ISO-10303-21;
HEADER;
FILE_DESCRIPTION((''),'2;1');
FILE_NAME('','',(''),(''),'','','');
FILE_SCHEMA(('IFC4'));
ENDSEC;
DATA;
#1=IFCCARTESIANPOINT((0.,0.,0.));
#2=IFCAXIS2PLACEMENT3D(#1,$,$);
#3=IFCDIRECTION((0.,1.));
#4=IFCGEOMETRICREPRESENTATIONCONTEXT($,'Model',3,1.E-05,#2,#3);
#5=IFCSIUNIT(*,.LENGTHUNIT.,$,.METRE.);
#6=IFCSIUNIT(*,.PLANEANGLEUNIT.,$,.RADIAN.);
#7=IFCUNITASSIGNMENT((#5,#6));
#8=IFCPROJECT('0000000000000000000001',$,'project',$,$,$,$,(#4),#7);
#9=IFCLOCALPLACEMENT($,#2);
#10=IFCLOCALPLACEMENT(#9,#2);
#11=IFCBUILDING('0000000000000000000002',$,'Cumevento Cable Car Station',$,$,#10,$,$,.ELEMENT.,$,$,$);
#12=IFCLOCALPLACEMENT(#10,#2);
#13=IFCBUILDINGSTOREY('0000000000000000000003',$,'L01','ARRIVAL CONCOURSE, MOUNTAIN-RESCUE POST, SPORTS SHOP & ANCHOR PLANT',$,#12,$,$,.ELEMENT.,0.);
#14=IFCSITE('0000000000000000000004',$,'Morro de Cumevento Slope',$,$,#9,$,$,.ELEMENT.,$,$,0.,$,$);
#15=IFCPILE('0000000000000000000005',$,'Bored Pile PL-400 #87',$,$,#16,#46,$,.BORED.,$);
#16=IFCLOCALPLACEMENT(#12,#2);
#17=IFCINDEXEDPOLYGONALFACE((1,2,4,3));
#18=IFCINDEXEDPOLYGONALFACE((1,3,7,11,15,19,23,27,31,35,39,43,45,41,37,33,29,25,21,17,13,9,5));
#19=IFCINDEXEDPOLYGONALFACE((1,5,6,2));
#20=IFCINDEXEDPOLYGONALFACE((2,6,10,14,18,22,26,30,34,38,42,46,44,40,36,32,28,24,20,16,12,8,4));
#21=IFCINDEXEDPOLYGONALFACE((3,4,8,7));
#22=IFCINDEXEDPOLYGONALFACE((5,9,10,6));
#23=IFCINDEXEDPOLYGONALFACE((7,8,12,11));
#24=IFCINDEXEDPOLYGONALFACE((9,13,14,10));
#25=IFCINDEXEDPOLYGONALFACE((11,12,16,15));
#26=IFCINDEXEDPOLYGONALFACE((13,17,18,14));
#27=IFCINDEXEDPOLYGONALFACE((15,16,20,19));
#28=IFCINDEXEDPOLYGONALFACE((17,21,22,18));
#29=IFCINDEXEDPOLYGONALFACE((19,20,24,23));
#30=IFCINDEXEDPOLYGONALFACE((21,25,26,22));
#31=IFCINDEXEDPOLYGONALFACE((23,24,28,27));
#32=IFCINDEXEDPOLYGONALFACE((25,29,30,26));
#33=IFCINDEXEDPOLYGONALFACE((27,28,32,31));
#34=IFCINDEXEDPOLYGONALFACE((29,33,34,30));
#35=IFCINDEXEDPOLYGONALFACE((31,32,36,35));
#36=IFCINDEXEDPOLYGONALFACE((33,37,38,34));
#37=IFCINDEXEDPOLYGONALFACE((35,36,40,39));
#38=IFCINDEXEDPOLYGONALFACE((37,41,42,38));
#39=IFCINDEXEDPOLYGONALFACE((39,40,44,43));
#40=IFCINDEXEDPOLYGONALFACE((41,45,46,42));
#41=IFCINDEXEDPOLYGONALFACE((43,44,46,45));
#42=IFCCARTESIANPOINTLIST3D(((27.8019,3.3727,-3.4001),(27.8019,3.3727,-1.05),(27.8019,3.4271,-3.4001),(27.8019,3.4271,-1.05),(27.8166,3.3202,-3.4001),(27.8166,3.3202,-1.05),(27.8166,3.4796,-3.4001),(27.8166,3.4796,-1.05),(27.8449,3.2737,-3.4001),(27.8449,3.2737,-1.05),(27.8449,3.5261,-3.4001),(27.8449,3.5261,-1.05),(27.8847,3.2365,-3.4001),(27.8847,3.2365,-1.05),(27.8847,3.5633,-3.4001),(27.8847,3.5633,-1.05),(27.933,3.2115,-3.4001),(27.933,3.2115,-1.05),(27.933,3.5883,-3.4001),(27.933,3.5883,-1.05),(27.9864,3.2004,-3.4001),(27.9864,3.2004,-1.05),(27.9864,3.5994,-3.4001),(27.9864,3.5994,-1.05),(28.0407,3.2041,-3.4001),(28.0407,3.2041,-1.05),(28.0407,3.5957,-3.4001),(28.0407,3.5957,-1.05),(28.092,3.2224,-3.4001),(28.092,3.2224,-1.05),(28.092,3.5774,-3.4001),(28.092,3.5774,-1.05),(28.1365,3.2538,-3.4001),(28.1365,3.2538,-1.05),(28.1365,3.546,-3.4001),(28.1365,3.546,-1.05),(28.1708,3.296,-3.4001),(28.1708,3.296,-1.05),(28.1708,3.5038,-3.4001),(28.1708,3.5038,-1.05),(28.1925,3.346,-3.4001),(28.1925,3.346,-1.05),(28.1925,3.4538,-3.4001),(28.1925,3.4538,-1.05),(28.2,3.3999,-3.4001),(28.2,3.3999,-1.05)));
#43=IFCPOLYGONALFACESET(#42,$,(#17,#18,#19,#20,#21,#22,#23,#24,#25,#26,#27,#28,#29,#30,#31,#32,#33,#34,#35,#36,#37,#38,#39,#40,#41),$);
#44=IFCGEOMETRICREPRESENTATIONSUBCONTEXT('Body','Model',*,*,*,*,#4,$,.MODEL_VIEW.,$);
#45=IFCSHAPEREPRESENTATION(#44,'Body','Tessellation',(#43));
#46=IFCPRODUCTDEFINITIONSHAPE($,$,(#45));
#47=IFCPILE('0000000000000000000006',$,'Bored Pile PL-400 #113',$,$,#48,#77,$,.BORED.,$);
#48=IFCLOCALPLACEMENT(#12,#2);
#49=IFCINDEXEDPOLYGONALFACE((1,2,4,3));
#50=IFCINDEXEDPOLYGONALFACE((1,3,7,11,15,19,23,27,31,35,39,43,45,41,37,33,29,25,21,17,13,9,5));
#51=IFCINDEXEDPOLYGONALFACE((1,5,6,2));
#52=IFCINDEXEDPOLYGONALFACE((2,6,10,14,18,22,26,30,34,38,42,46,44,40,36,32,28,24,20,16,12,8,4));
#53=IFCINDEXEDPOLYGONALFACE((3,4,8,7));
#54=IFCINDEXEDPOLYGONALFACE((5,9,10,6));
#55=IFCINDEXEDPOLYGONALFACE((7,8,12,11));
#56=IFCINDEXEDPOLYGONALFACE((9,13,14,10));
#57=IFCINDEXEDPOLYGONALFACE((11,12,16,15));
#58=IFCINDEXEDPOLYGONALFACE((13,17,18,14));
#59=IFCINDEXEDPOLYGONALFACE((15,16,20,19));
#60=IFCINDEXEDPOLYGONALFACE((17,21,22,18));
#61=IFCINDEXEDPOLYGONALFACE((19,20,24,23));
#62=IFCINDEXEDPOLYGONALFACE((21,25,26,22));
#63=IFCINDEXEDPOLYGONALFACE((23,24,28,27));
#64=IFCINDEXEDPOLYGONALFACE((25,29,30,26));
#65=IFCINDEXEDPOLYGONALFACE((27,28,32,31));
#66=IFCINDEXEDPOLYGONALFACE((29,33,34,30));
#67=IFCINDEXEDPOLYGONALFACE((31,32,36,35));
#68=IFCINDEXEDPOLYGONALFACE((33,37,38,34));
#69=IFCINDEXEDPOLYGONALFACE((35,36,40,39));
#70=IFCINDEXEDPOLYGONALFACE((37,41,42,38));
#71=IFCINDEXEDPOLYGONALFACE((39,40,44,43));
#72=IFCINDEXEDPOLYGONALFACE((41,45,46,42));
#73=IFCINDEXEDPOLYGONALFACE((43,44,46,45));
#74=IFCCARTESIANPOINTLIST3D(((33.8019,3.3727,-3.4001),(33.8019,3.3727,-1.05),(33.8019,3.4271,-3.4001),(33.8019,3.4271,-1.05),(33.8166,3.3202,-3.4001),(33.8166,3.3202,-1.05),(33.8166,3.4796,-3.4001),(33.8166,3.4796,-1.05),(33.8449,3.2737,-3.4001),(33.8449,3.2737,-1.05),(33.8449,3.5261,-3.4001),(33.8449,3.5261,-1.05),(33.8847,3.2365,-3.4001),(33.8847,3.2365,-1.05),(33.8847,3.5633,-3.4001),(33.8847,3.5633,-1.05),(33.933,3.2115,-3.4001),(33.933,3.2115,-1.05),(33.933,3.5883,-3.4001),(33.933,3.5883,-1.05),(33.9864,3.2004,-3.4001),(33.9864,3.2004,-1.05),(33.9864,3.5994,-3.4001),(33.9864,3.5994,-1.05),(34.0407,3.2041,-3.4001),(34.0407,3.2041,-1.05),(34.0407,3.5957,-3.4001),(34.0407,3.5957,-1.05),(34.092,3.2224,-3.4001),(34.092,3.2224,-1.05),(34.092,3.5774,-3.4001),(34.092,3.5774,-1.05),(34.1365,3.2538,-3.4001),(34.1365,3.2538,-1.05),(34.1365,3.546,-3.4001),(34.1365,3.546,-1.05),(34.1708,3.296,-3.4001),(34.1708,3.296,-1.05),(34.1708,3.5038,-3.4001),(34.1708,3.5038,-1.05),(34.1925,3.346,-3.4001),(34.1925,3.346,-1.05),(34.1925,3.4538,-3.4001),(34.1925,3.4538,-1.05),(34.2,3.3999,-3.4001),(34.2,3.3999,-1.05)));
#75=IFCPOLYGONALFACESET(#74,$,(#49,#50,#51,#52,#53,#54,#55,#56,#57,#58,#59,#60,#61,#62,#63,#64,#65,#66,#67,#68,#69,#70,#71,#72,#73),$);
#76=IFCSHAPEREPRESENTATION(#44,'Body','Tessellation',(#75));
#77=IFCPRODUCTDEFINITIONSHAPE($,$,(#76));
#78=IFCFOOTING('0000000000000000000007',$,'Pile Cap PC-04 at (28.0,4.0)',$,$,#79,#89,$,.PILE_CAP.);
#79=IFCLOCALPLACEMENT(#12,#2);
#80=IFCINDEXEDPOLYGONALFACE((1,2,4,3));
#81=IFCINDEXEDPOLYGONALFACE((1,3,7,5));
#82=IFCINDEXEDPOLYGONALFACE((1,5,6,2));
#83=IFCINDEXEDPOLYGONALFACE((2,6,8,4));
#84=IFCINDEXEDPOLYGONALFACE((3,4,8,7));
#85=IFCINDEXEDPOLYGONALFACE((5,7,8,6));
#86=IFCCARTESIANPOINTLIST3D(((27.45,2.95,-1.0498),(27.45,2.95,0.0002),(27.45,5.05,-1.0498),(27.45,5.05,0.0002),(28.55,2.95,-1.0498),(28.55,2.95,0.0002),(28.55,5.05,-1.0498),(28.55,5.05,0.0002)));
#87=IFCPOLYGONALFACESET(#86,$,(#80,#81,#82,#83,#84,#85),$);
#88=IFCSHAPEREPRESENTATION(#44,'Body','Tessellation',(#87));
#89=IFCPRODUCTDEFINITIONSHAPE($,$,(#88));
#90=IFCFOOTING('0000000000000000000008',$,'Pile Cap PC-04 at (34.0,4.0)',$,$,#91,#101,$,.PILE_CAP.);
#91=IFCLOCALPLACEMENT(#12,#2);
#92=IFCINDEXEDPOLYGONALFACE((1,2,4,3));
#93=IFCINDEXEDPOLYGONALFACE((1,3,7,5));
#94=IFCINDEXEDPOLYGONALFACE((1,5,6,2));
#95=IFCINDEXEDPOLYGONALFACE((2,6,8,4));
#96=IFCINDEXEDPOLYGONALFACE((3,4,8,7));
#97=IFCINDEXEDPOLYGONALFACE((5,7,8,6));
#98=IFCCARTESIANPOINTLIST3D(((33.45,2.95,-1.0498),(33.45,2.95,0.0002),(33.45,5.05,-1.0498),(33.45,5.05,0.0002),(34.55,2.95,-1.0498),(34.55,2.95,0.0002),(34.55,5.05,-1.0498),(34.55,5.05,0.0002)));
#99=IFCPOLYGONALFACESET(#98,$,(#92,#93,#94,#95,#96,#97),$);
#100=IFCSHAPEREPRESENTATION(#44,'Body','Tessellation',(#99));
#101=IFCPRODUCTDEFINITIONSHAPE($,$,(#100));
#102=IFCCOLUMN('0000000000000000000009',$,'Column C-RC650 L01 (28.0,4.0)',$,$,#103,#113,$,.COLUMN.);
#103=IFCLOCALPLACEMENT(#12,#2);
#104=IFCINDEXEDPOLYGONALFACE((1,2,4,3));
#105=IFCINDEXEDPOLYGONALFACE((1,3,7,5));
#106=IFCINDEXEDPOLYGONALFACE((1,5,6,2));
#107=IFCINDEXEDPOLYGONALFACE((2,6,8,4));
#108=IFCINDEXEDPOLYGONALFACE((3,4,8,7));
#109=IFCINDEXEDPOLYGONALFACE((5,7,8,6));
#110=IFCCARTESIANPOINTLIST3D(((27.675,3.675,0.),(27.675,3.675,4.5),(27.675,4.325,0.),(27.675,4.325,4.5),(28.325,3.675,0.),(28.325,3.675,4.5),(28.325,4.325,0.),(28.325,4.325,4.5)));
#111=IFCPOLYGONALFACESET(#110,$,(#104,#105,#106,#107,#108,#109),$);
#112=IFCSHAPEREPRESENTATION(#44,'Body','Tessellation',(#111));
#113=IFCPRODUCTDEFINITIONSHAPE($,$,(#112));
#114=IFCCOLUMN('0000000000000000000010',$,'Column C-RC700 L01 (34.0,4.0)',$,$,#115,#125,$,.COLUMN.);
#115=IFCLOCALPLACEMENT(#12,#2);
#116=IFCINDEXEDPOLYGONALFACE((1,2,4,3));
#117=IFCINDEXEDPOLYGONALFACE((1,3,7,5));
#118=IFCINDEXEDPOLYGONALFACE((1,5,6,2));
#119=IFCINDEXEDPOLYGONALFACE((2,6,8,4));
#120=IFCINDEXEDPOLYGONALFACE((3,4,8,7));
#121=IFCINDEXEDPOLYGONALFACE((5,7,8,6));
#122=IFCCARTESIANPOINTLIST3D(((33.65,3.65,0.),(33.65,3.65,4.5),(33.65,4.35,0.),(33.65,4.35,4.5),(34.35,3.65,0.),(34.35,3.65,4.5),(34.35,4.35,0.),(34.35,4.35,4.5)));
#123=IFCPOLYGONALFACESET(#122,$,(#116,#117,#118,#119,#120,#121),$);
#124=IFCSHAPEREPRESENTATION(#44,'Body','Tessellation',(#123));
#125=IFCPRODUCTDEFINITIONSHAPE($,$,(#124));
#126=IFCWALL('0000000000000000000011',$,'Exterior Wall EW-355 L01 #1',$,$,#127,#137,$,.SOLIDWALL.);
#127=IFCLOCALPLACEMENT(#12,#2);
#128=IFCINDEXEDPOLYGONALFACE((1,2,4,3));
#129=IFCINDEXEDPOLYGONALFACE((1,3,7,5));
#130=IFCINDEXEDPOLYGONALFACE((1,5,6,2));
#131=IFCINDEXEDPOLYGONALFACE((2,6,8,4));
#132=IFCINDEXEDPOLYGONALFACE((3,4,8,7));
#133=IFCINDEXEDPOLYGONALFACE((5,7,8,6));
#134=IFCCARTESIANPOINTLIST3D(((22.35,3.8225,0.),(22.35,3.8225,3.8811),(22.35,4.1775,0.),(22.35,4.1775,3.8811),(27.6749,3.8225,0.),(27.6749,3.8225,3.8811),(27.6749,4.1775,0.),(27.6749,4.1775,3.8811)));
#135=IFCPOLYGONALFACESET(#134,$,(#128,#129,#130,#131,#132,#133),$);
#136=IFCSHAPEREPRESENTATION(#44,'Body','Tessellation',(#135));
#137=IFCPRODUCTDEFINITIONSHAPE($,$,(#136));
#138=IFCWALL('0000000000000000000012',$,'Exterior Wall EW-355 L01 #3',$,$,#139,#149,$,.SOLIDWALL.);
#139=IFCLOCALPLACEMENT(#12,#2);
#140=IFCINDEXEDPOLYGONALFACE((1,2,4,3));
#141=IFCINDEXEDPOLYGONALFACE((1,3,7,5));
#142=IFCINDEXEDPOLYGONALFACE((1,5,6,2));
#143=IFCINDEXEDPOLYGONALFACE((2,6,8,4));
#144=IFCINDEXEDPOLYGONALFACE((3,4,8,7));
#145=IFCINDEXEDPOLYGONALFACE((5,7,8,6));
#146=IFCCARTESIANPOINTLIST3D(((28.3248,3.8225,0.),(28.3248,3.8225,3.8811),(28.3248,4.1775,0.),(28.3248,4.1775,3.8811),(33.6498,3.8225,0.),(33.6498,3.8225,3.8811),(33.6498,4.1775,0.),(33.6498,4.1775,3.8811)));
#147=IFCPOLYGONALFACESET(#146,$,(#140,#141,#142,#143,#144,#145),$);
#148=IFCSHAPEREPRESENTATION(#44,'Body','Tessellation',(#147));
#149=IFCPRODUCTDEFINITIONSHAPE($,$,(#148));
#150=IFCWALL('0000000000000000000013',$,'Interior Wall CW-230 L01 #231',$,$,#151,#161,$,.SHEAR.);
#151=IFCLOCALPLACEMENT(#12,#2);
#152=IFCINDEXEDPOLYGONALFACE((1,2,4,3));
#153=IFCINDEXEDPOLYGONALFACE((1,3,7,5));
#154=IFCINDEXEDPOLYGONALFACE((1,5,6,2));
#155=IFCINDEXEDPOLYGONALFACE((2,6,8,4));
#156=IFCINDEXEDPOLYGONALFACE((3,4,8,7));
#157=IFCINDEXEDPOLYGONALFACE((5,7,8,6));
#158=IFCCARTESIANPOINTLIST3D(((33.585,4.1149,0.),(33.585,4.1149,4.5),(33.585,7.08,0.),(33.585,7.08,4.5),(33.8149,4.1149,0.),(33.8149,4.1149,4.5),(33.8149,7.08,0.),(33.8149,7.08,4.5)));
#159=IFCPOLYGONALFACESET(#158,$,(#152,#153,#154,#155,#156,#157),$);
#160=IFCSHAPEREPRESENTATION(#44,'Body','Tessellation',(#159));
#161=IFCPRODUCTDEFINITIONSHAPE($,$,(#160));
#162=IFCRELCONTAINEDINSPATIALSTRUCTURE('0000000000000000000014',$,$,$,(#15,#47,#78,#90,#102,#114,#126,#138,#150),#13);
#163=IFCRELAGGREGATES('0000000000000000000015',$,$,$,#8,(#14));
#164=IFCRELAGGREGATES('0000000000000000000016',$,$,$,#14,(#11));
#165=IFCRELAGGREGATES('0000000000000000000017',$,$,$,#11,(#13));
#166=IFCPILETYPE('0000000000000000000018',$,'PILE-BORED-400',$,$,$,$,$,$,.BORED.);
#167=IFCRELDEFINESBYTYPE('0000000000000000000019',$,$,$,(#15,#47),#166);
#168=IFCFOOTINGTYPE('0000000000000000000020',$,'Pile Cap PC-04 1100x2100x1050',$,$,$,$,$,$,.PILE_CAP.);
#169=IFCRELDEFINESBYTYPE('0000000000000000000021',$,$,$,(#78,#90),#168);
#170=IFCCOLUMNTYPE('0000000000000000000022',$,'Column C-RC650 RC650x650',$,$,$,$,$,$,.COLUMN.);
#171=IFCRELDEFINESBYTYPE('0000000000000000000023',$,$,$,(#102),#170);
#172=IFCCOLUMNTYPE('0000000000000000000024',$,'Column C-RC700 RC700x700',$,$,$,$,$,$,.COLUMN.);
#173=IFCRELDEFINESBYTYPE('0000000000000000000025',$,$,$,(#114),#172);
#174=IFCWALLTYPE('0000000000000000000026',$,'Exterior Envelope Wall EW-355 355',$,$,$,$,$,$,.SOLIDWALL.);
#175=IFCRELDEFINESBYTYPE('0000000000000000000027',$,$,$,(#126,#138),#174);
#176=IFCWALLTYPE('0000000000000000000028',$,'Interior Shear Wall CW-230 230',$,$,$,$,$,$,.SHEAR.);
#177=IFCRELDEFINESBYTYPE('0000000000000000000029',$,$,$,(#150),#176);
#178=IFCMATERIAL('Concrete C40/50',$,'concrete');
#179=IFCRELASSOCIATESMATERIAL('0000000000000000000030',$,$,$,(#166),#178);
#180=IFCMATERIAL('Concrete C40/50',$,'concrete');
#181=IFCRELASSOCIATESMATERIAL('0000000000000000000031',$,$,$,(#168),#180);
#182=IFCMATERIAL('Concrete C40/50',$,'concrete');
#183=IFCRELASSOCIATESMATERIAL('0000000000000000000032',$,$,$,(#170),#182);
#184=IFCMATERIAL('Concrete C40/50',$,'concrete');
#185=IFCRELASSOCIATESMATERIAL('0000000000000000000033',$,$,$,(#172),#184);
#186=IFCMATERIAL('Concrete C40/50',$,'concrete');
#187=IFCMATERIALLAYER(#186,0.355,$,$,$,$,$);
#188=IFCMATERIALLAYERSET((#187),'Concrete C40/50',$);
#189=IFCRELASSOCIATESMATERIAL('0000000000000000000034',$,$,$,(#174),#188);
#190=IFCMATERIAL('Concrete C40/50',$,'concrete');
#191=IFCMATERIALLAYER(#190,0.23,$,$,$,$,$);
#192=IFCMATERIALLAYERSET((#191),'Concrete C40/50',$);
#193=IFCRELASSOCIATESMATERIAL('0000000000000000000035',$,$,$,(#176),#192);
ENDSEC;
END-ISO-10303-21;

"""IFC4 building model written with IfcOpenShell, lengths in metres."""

from ifc_helpers import new_model, si_unit, direction, frame, frame_2d, origin, origin_2d, place, context, subcontext, project, spatial, rectangle, circle, extrude, material, layer, layer_set, material_profile, profile_set, type_object, element, save


model = new_model("IFC4")

# Units and contexts
model_context = context("Model", 3, precision=1e-05, world=origin(), true_north=direction((0.0, 1.0)))
body_context = subcontext(model_context, "Body", "Model", "MODEL_VIEW")
ifc_project = project(units=[si_unit("LENGTHUNIT", "METRE"), si_unit("PLANEANGLEUNIT", "RADIAN")], contexts=[model_context])

# Site, building, storey
site_placement = place(None, origin())
site = spatial("IfcSite", under=ifc_project, at=site_placement, Name="Morro de Cumevento Slope", CompositionType="ELEMENT", RefElevation=0.0)
building_placement = place(site_placement, origin())
building = spatial("IfcBuilding", under=site, at=building_placement, Name="Cumevento Cable Car Station", CompositionType="ELEMENT")
storey_placement = place(building_placement, origin())
storey = spatial("IfcBuildingStorey", under=building, at=storey_placement, Name="L01", Description="ARRIVAL CONCOURSE, MOUNTAIN-RESCUE POST, SPORTS SHOP & ANCHOR PLANT", CompositionType="ELEMENT", Elevation=0.0)

# Piles
ifc_material_1 = material(Name="Concrete C40/50", Category="concrete")
ifc_material_profile_1 = material_profile(ifc_material_1, circle(Radius=0.2, at=origin_2d()), Name="PILE-D400")
ifc_profile_set_1 = profile_set([ifc_material_profile_1], Name="Concrete C40/50")
pile_type = type_object("IfcPileType", Name="PILE-BORED-400", PredefinedType="BORED", material=ifc_profile_set_1)
for number, where, z_axis, x_axis, name in (
    (1, (28.0, 3.3999, -1.05), (0.0, 0.0, -1.0), (1.0, 0.0, 0.0), "Bored Pile PL-400 #87"),
    (2, (34.0, 3.3999, -1.05), (0.0, 0.0, -1.0), (1.0, 0.0, 0.0), "Bored Pile PL-400 #113"),
):
    element("IfcPile", number, at=place(storey_placement, frame(where, z_axis=z_axis, x_axis=x_axis)), inside=storey, type_object=pile_type, Name=name, PredefinedType="BORED", context=body_context, shape_type="SweptSolid", body=[
        extrude(circle(Radius=0.2, at=origin_2d()), origin(), (0.0, 0.0, 1.0), 2.3501),
    ])

# Footings
ifc_material_2 = material(Name="Concrete C40/50", Category="concrete")
footing_type = type_object("IfcFootingType", Name="Pile Cap PC-04 1100x2100x1050", PredefinedType="PILE_CAP", material=ifc_material_2)
for number, where, z_axis, x_axis, name in (
    (3, (28.0, 4.0, -1.0498), (0.0, 0.0, 1.0), (1.0, 0.0, 0.0), "Pile Cap PC-04 at (28.0,4.0)"),
    (4, (34.0, 4.0, -1.0498), (0.0, 0.0, 1.0), (1.0, 0.0, 0.0), "Pile Cap PC-04 at (34.0,4.0)"),
):
    element("IfcFooting", number, at=place(storey_placement, frame(where, z_axis=z_axis, x_axis=x_axis)), inside=storey, type_object=footing_type, Name=name, PredefinedType="PILE_CAP", context=body_context, shape_type="SweptSolid", body=[
        extrude(rectangle(XDim=1.1001, YDim=2.1001, at=origin_2d()), origin(), (0.0, 0.0, 1.0), 1.05),
    ])

# Columns
ifc_material_3 = material(Name="Concrete C40/50", Category="concrete")
ifc_material_profile_2 = material_profile(ifc_material_3, rectangle(XDim=0.6499, YDim=0.6499, at=origin_2d()), Name="RC650x650")
ifc_profile_set_2 = profile_set([ifc_material_profile_2], Name="Concrete C40/50")
column_type_1 = type_object("IfcColumnType", Name="Column C-RC650 RC650x650", PredefinedType="COLUMN", material=ifc_profile_set_2)
column_1_placement = place(storey_placement, frame((28.0, 4.0, 0.0), z_axis=(0.0, 0.0, 1.0), x_axis=(1.0, 0.0, 0.0)))
element("IfcColumn", 5, at=column_1_placement, inside=storey, type_object=column_type_1, Name="Column C-RC650 L01 (28.0,4.0)", PredefinedType="COLUMN", context=body_context, shape_type="SweptSolid", body=[
    extrude(rectangle(XDim=0.6499, YDim=0.6499, at=origin_2d()), origin(), (0.0, 0.0, 1.0), 4.5),
])
ifc_material_4 = material(Name="Concrete C40/50", Category="concrete")
ifc_material_profile_3 = material_profile(ifc_material_4, rectangle(XDim=0.7, YDim=0.7, at=origin_2d()), Name="RC700x700")
ifc_profile_set_3 = profile_set([ifc_material_profile_3], Name="Concrete C40/50")
column_type_2 = type_object("IfcColumnType", Name="Column C-RC700 RC700x700", PredefinedType="COLUMN", material=ifc_profile_set_3)
column_2_placement = place(storey_placement, frame((34.0, 4.0, 0.0), z_axis=(0.0, 0.0, 1.0), x_axis=(1.0, 0.0, 0.0)))
element("IfcColumn", 6, at=column_2_placement, inside=storey, type_object=column_type_2, Name="Column C-RC700 L01 (34.0,4.0)", PredefinedType="COLUMN", context=body_context, shape_type="SweptSolid", body=[
    extrude(rectangle(XDim=0.7, YDim=0.7, at=origin_2d()), origin(), (0.0, 0.0, 1.0), 4.5),
])

# Walls
ifc_material_5 = material(Name="Concrete C40/50", Category="concrete")
ifc_layer_1 = layer(ifc_material_5, 0.355)
ifc_layer_set_1 = layer_set([ifc_layer_1], Name="Concrete C40/50")
wall_type_1 = type_object("IfcWallType", Name="Exterior Envelope Wall EW-355 355", PredefinedType="SOLIDWALL", material=ifc_layer_set_1)
for number, where, z_axis, x_axis, name in (
    (7, (27.675, 4.0, 0.0), (0.0, 0.0, 1.0), (-1.0, 0.0, 0.0), "Exterior Wall EW-355 L01 #1"),
    (8, (33.6499, 4.0, 0.0), (0.0, 0.0, 1.0), (-1.0, 0.0, 0.0), "Exterior Wall EW-355 L01 #3"),
):
    element("IfcWall", number, at=place(storey_placement, frame(where, z_axis=z_axis, x_axis=x_axis)), inside=storey, type_object=wall_type_1, Name=name, PredefinedType="SOLIDWALL", context=body_context, shape_type="SweptSolid", body=[
        extrude(rectangle(XDim=5.325, YDim=0.355, at=frame_2d((2.6626, 0.0))), origin(), (0.0, 0.0, 1.0), 3.8811),
    ])
ifc_material_6 = material(Name="Concrete C40/50", Category="concrete")
ifc_layer_2 = layer(ifc_material_6, 0.23)
ifc_layer_set_2 = layer_set([ifc_layer_2], Name="Concrete C40/50")
wall_type_2 = type_object("IfcWallType", Name="Interior Shear Wall CW-230 230", PredefinedType="SHEAR", material=ifc_layer_set_2)
wall_1_placement = place(storey_placement, frame((33.7, 4.115, 0.0), z_axis=(0.0, 0.0, 1.0), x_axis=(0.0, 1.0, 0.0)))
element("IfcWall", 9, at=wall_1_placement, inside=storey, type_object=wall_type_2, Name="Interior Wall CW-230 L01 #231", PredefinedType="SHEAR", context=body_context, shape_type="SweptSolid", body=[
    extrude(rectangle(XDim=2.9651, YDim=0.23, at=frame_2d((1.4824, 0.0))), origin(), (0.0, 0.0, 1.0), 4.5),
])

save(model, "model.ifc")
